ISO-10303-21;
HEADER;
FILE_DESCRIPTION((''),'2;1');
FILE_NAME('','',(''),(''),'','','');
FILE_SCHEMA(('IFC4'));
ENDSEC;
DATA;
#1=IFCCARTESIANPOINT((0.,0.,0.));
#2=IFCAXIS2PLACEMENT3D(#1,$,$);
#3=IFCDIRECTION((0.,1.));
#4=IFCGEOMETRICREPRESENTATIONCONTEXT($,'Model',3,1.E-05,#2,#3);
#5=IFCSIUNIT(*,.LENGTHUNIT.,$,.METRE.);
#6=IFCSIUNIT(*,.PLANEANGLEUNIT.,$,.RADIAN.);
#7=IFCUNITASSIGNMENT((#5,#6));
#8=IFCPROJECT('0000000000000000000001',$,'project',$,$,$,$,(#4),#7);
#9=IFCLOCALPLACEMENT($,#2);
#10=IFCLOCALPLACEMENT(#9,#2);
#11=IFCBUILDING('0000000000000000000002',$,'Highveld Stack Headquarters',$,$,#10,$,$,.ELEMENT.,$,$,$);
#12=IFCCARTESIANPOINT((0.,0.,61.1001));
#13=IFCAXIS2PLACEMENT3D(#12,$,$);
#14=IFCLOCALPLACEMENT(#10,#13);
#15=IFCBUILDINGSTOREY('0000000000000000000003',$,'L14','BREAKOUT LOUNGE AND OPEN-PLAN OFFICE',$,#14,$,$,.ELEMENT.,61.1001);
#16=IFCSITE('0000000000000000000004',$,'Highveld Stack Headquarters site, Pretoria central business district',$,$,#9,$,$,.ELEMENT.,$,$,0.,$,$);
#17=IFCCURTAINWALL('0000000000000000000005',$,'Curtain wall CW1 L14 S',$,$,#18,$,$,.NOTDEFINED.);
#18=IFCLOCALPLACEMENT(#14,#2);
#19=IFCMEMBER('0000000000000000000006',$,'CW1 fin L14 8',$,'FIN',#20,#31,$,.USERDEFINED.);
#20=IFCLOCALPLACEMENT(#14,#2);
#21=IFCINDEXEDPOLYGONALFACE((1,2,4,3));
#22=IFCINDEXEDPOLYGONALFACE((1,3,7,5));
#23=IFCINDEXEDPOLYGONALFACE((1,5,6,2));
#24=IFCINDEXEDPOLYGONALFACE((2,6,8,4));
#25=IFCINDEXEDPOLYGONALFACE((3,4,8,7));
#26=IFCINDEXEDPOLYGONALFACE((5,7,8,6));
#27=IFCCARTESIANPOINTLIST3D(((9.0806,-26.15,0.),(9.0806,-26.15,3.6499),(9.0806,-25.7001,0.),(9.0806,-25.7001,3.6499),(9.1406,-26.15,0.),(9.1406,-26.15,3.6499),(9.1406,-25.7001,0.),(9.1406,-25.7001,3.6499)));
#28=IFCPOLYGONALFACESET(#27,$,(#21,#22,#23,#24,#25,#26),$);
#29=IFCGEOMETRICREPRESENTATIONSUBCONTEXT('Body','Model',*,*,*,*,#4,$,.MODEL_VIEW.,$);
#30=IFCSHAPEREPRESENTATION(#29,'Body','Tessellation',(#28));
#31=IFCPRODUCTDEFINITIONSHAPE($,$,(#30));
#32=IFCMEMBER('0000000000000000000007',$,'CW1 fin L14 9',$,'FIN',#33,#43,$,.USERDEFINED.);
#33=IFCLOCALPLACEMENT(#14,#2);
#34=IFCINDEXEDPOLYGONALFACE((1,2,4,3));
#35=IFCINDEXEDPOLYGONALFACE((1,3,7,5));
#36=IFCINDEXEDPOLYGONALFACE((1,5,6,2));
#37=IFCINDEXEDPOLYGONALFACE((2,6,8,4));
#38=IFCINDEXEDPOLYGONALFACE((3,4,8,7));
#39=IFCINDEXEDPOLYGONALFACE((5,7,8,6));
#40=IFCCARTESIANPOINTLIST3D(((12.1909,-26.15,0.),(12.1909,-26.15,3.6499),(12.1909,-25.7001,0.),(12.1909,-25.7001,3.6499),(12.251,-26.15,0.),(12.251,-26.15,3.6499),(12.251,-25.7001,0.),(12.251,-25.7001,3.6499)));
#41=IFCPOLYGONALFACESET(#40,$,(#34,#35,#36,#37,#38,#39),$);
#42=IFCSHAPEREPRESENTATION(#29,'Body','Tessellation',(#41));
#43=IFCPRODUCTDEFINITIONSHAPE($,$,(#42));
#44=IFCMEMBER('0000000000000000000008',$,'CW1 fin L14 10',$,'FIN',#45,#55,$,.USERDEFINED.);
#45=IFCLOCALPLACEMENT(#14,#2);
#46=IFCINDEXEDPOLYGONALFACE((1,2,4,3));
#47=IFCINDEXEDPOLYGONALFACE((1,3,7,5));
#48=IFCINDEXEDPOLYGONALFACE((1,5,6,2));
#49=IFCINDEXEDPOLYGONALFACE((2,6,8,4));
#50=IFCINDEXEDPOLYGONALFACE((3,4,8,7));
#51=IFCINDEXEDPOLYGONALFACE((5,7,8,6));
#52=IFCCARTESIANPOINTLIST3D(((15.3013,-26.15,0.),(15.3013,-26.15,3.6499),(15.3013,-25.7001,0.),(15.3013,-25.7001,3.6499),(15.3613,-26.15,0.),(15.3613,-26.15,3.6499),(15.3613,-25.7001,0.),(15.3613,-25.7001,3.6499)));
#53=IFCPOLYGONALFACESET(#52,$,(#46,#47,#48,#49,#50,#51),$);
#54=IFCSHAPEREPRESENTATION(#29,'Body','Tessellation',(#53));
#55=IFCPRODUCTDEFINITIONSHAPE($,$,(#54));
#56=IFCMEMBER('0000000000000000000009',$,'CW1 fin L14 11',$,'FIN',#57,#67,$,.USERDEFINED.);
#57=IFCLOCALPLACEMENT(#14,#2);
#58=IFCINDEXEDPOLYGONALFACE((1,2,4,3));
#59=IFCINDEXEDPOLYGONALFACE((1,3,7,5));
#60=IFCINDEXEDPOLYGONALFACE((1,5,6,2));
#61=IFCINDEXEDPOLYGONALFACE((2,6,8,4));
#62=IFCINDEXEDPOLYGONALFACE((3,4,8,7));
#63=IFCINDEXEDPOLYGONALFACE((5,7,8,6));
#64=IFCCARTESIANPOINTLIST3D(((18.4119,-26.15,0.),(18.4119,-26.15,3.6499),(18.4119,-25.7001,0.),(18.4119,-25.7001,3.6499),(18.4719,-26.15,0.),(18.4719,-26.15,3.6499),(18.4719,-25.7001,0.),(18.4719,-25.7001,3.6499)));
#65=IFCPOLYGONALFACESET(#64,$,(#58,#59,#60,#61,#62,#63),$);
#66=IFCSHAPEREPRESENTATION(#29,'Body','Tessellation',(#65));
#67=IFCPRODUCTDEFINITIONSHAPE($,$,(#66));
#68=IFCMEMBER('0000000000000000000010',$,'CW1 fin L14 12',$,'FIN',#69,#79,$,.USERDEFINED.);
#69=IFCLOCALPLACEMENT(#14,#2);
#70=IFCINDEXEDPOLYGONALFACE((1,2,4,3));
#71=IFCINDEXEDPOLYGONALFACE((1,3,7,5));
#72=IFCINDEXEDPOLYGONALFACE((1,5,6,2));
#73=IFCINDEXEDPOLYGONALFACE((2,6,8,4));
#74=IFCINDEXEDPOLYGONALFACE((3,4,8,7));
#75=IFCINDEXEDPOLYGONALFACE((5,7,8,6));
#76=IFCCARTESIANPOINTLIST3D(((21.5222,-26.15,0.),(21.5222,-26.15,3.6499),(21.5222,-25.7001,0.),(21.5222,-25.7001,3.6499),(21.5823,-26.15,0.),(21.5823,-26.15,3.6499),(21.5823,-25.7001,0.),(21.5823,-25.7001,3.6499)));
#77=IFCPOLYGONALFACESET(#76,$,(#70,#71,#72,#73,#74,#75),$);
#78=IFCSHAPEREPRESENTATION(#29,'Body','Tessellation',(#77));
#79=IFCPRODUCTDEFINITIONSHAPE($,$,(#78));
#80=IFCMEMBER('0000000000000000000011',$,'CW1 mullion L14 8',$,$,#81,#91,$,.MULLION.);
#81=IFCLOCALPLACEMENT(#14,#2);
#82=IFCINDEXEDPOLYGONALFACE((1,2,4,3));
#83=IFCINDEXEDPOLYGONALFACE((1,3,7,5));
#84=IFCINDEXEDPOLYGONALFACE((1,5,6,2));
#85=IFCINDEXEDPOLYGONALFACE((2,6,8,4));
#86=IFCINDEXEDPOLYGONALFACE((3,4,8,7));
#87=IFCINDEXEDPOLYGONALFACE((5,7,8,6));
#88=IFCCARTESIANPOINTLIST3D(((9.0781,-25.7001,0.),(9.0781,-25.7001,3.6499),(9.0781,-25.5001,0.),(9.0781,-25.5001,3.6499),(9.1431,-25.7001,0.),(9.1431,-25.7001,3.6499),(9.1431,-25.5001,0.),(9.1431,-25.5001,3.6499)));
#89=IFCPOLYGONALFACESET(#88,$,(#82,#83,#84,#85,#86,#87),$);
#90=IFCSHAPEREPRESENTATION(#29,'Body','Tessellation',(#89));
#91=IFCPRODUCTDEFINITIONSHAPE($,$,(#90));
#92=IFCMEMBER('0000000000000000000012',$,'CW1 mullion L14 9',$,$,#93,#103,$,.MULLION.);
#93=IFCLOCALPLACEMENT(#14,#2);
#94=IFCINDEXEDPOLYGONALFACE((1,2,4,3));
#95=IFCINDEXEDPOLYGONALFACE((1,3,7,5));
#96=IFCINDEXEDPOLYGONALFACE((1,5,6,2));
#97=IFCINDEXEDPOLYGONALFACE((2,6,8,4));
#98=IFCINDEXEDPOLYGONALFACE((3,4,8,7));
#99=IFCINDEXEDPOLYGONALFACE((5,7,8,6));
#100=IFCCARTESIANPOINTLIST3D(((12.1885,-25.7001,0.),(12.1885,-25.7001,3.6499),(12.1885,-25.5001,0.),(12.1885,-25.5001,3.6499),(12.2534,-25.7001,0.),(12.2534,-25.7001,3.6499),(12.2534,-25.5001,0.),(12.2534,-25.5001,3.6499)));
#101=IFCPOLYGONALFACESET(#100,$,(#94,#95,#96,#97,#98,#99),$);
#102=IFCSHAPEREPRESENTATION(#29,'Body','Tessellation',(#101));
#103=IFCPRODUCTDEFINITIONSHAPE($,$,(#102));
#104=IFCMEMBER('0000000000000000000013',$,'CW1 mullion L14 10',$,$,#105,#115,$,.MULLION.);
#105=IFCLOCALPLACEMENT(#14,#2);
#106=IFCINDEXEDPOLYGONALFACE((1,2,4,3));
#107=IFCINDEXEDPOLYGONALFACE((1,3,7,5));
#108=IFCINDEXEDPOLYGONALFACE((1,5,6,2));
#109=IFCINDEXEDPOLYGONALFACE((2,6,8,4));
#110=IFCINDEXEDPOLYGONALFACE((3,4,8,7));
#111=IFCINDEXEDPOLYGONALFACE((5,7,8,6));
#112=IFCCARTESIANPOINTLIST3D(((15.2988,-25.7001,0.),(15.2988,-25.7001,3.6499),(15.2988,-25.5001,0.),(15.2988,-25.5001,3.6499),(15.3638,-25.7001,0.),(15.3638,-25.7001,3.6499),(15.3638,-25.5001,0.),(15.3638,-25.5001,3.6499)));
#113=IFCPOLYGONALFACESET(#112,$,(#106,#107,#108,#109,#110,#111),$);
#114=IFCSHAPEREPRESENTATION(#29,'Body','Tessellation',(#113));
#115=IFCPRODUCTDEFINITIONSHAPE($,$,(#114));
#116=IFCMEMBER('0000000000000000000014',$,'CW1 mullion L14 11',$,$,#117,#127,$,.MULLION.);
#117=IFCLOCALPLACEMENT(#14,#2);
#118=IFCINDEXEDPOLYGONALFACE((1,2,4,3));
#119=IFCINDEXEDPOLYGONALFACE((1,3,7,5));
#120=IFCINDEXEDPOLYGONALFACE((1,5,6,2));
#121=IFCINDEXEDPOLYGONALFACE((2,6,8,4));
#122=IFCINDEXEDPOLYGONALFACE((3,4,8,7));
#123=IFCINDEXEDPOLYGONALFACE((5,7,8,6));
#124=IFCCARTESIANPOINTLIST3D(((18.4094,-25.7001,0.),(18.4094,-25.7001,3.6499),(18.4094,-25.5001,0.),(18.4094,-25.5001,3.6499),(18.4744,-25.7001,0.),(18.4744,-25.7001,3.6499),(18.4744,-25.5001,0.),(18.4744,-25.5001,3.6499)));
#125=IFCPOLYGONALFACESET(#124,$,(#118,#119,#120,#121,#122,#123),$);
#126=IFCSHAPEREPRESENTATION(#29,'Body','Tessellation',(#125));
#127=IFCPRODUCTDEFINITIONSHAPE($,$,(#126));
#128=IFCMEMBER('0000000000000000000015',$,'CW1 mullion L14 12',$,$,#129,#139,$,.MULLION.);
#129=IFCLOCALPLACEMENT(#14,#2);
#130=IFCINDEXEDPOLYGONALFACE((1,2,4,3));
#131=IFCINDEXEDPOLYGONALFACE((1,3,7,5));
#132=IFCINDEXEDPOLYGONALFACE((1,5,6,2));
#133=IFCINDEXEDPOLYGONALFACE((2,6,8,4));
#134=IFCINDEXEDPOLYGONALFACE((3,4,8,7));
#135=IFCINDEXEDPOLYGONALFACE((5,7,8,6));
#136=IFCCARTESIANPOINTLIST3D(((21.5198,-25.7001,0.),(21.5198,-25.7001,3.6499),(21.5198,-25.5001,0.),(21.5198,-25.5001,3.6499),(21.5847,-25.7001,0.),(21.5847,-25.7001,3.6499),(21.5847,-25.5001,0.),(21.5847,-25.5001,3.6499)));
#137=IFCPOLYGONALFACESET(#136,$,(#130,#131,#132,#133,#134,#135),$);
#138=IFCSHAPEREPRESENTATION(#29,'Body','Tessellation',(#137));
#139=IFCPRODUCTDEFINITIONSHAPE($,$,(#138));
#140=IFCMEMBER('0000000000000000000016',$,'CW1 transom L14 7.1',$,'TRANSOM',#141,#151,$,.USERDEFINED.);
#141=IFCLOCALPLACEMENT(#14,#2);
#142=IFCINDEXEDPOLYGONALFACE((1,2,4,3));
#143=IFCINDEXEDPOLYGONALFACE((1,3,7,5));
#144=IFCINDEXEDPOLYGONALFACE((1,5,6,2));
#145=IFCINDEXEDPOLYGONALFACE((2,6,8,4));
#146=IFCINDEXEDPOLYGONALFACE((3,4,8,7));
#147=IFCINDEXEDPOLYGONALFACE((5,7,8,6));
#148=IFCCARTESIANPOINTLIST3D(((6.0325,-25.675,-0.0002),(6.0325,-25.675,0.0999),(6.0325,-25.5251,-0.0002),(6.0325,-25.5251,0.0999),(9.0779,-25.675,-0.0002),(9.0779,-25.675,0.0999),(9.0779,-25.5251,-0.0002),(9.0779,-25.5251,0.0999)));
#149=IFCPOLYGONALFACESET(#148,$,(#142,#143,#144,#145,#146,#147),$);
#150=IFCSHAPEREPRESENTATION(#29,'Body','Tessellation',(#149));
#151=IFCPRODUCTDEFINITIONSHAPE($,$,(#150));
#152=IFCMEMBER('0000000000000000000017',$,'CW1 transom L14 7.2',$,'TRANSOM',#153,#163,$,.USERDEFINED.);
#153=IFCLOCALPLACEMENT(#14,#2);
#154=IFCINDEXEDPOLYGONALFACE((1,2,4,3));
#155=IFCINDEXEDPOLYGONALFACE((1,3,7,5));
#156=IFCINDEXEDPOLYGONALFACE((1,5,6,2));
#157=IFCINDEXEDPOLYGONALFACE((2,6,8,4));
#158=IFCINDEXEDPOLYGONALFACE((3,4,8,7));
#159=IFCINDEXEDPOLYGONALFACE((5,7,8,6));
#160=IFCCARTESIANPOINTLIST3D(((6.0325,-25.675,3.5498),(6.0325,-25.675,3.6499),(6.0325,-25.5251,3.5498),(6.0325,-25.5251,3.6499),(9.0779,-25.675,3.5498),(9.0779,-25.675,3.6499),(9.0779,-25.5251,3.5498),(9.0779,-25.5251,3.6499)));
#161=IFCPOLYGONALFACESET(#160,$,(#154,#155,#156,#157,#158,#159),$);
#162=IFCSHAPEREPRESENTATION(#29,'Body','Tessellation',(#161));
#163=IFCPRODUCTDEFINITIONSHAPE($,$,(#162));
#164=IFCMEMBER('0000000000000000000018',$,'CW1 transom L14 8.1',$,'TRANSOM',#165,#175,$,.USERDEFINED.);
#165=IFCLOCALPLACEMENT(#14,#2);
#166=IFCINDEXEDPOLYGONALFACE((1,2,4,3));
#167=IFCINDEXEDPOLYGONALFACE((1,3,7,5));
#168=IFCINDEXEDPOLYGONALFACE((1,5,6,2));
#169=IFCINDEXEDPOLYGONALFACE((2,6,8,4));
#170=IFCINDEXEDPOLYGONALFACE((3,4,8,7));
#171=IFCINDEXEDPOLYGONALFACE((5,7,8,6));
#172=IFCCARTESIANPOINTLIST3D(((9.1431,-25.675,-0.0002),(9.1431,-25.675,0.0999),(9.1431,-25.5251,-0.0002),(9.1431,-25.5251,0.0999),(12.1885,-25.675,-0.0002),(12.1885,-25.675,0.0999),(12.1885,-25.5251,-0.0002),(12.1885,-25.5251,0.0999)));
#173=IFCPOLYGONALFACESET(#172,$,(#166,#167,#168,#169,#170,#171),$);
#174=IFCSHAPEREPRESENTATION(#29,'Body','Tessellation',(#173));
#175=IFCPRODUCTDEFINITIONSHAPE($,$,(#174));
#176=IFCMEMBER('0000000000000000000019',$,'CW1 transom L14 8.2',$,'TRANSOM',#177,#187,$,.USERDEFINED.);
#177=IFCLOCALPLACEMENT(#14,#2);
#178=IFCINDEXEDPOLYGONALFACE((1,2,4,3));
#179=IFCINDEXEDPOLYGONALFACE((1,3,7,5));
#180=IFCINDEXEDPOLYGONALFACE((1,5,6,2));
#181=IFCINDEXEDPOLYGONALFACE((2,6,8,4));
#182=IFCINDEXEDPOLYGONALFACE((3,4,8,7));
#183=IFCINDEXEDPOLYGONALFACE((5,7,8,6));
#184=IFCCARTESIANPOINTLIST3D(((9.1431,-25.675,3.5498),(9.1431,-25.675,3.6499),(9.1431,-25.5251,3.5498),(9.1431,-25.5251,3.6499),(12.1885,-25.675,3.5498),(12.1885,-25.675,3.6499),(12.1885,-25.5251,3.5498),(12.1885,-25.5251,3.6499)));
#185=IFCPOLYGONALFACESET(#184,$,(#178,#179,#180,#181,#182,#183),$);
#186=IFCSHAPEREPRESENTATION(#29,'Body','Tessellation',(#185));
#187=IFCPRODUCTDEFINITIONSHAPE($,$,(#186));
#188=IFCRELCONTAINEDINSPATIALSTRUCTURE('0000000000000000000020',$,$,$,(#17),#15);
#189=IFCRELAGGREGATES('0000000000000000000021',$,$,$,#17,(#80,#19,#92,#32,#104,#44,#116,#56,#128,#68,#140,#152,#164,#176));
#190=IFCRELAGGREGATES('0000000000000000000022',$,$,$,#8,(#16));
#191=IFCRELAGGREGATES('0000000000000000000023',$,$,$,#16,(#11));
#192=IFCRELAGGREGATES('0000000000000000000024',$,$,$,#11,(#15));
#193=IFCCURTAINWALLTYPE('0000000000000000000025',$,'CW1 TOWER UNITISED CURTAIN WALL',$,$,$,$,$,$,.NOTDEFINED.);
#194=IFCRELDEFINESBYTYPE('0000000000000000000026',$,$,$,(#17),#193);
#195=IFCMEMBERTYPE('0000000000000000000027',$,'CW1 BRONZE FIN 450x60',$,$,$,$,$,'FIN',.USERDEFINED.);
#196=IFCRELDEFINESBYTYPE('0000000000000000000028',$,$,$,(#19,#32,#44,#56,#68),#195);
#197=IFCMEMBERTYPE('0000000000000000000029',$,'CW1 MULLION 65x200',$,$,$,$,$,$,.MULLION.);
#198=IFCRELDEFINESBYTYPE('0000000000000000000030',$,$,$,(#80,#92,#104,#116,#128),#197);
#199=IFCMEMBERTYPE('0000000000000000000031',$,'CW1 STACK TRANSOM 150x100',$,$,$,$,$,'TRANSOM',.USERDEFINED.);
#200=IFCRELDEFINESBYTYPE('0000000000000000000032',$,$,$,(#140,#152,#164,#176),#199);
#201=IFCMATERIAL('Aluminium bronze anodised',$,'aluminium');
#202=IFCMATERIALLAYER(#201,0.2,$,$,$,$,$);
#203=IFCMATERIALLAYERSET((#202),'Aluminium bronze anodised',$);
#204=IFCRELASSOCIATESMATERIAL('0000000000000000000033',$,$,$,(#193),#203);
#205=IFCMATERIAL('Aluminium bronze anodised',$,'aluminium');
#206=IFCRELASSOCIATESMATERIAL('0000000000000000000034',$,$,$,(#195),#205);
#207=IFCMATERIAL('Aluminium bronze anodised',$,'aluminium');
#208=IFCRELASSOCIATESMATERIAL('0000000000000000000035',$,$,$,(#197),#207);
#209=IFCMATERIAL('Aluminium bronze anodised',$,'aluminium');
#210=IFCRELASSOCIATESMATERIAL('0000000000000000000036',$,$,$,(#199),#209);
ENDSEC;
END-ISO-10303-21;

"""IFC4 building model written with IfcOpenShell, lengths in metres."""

from ifc_helpers import new_model, si_unit, direction, frame, origin, origin_2d, place, context, subcontext, project, spatial, rectangle, extrude, material, layer, layer_set, material_profile, profile_set, type_object, element, aggregate, save


model = new_model("IFC4")

# Units and contexts
model_context = context("Model", 3, precision=1e-05, world=origin(), true_north=direction((0.0, 1.0)))
body_context = subcontext(model_context, "Body", "Model", "MODEL_VIEW")
ifc_project = project(units=[si_unit("LENGTHUNIT", "METRE"), si_unit("PLANEANGLEUNIT", "RADIAN")], contexts=[model_context])

# Site, building, storey
site_placement = place(None, origin())
site = spatial("IfcSite", under=ifc_project, at=site_placement, Name="Highveld Stack Headquarters site, Pretoria central business district", CompositionType="ELEMENT", RefElevation=0.0)
building_placement = place(site_placement, origin())
building = spatial("IfcBuilding", under=site, at=building_placement, Name="Highveld Stack Headquarters", CompositionType="ELEMENT")
storey_placement = place(building_placement, frame((0.0, 0.0, 61.1001)))
storey = spatial("IfcBuildingStorey", under=building, at=storey_placement, Name="L14", Description="BREAKOUT LOUNGE AND OPEN-PLAN OFFICE", CompositionType="ELEMENT", Elevation=61.1001)

# Curtain wall, members
ifc_material_1 = material(Name="Aluminium bronze anodised", Category="aluminium")
ifc_layer_1 = layer(ifc_material_1, 0.2)
ifc_layer_set_1 = layer_set([ifc_layer_1], Name="Aluminium bronze anodised")
curtain_wall_type = type_object("IfcCurtainWallType", Name="CW1 TOWER UNITISED CURTAIN WALL", PredefinedType="NOTDEFINED", material=ifc_layer_set_1)
curtain_wall_placement = place(storey_placement, origin())
curtain_wall = element("IfcCurtainWall", 1, at=curtain_wall_placement, inside=storey, type_object=curtain_wall_type, Name="Curtain wall CW1 L14 S", PredefinedType="NOTDEFINED")
ifc_material_2 = material(Name="Aluminium bronze anodised", Category="aluminium")
ifc_material_profile_1 = material_profile(ifc_material_2, rectangle(XDim=0.45, YDim=0.0601, at=origin_2d()), Name="FIN 450x60")
ifc_profile_set_1 = profile_set([ifc_material_profile_1], Name="Aluminium bronze anodised")
member_type_1 = type_object("IfcMemberType", Name="CW1 BRONZE FIN 450x60", ElementType="FIN", PredefinedType="USERDEFINED", material=ifc_profile_set_1)
member_1_placement = place(storey_placement, frame((9.1106, -25.925, 0.0), z_axis=(0.0, 0.0, 1.0), x_axis=(0.0, 1.0, 0.0)))
member_1 = element("IfcMember", 2, at=member_1_placement, type_object=member_type_1, Name="CW1 fin L14 8", ObjectType="FIN", PredefinedType="USERDEFINED", context=body_context, shape_type="SweptSolid", body=[
    extrude(rectangle(XDim=0.45, YDim=0.0601, at=origin_2d()), origin(), (0.0, 0.0, 1.0), 3.6499),
])
member_2_placement = place(storey_placement, frame((12.2209, -25.925, 0.0), z_axis=(0.0, 0.0, 1.0), x_axis=(0.0, 1.0, 0.0)))
member_2 = element("IfcMember", 3, at=member_2_placement, type_object=member_type_1, Name="CW1 fin L14 9", ObjectType="FIN", PredefinedType="USERDEFINED", context=body_context, shape_type="SweptSolid", body=[
    extrude(rectangle(XDim=0.45, YDim=0.0601, at=origin_2d()), origin(), (0.0, 0.0, 1.0), 3.6499),
])
member_3_placement = place(storey_placement, frame((15.3313, -25.925, 0.0), z_axis=(0.0, 0.0, 1.0), x_axis=(0.0, 1.0, 0.0)))
member_3 = element("IfcMember", 4, at=member_3_placement, type_object=member_type_1, Name="CW1 fin L14 10", ObjectType="FIN", PredefinedType="USERDEFINED", context=body_context, shape_type="SweptSolid", body=[
    extrude(rectangle(XDim=0.45, YDim=0.0601, at=origin_2d()), origin(), (0.0, 0.0, 1.0), 3.6499),
])
member_4_placement = place(storey_placement, frame((18.4419, -25.925, 0.0), z_axis=(0.0, 0.0, 1.0), x_axis=(0.0, 1.0, 0.0)))
member_4 = element("IfcMember", 5, at=member_4_placement, type_object=member_type_1, Name="CW1 fin L14 11", ObjectType="FIN", PredefinedType="USERDEFINED", context=body_context, shape_type="SweptSolid", body=[
    extrude(rectangle(XDim=0.45, YDim=0.0601, at=origin_2d()), origin(), (0.0, 0.0, 1.0), 3.6499),
])
member_5_placement = place(storey_placement, frame((21.5522, -25.925, 0.0), z_axis=(0.0, 0.0, 1.0), x_axis=(0.0, 1.0, 0.0)))
member_5 = element("IfcMember", 6, at=member_5_placement, type_object=member_type_1, Name="CW1 fin L14 12", ObjectType="FIN", PredefinedType="USERDEFINED", context=body_context, shape_type="SweptSolid", body=[
    extrude(rectangle(XDim=0.45, YDim=0.0601, at=origin_2d()), origin(), (0.0, 0.0, 1.0), 3.6499),
])
ifc_material_3 = material(Name="Aluminium bronze anodised", Category="aluminium")
ifc_material_profile_2 = material_profile(ifc_material_3, rectangle(XDim=0.2, YDim=0.0649, at=origin_2d()), Name="CW1 MULLION 65x200")
ifc_profile_set_2 = profile_set([ifc_material_profile_2], Name="Aluminium bronze anodised")
member_type_2 = type_object("IfcMemberType", Name="CW1 MULLION 65x200", PredefinedType="MULLION", material=ifc_profile_set_2)
member_6_placement = place(storey_placement, frame((9.1106, -25.6001, 0.0), z_axis=(0.0, 0.0, 1.0), x_axis=(0.0, 1.0, 0.0)))
member_6 = element("IfcMember", 7, at=member_6_placement, type_object=member_type_2, Name="CW1 mullion L14 8", PredefinedType="MULLION", context=body_context, shape_type="SweptSolid", body=[
    extrude(rectangle(XDim=0.2, YDim=0.0649, at=origin_2d()), origin(), (0.0, 0.0, 1.0), 3.6499),
])
member_7_placement = place(storey_placement, frame((12.2209, -25.6001, 0.0), z_axis=(0.0, 0.0, 1.0), x_axis=(0.0, 1.0, 0.0)))
member_7 = element("IfcMember", 8, at=member_7_placement, type_object=member_type_2, Name="CW1 mullion L14 9", PredefinedType="MULLION", context=body_context, shape_type="SweptSolid", body=[
    extrude(rectangle(XDim=0.2, YDim=0.0649, at=origin_2d()), origin(), (0.0, 0.0, 1.0), 3.6499),
])
member_8_placement = place(storey_placement, frame((15.3313, -25.6001, 0.0), z_axis=(0.0, 0.0, 1.0), x_axis=(0.0, 1.0, 0.0)))
member_8 = element("IfcMember", 9, at=member_8_placement, type_object=member_type_2, Name="CW1 mullion L14 10", PredefinedType="MULLION", context=body_context, shape_type="SweptSolid", body=[
    extrude(rectangle(XDim=0.2, YDim=0.0649, at=origin_2d()), origin(), (0.0, 0.0, 1.0), 3.6499),
])
member_9_placement = place(storey_placement, frame((18.4419, -25.6001, 0.0), z_axis=(0.0, 0.0, 1.0), x_axis=(0.0, 1.0, 0.0)))
member_9 = element("IfcMember", 10, at=member_9_placement, type_object=member_type_2, Name="CW1 mullion L14 11", PredefinedType="MULLION", context=body_context, shape_type="SweptSolid", body=[
    extrude(rectangle(XDim=0.2, YDim=0.0649, at=origin_2d()), origin(), (0.0, 0.0, 1.0), 3.6499),
])
member_10_placement = place(storey_placement, frame((21.5522, -25.6001, 0.0), z_axis=(0.0, 0.0, 1.0), x_axis=(0.0, 1.0, 0.0)))
member_10 = element("IfcMember", 11, at=member_10_placement, type_object=member_type_2, Name="CW1 mullion L14 12", PredefinedType="MULLION", context=body_context, shape_type="SweptSolid", body=[
    extrude(rectangle(XDim=0.2, YDim=0.0649, at=origin_2d()), origin(), (0.0, 0.0, 1.0), 3.6499),
])
ifc_material_4 = material(Name="Aluminium bronze anodised", Category="aluminium")
ifc_material_profile_3 = material_profile(ifc_material_4, rectangle(XDim=0.1499, YDim=0.1001, at=origin_2d()), Name="CW1 TRANSOM 150x100")
ifc_profile_set_3 = profile_set([ifc_material_profile_3], Name="Aluminium bronze anodised")
member_type_3 = type_object("IfcMemberType", Name="CW1 STACK TRANSOM 150x100", ElementType="TRANSOM", PredefinedType="USERDEFINED", material=ifc_profile_set_3)
member_11_placement = place(storey_placement, frame((6.0325, -25.6001, 0.0498), z_axis=(1.0, 0.0, 0.0), x_axis=(0.0, 1.0, 0.0)))
member_11 = element("IfcMember", 12, at=member_11_placement, type_object=member_type_3, Name="CW1 transom L14 7.1", ObjectType="TRANSOM", PredefinedType="USERDEFINED", context=body_context, shape_type="SweptSolid", body=[
    extrude(rectangle(XDim=0.1499, YDim=0.1001, at=origin_2d()), origin(), (0.0, 0.0, 1.0), 3.0454),
])
member_12_placement = place(storey_placement, frame((6.0325, -25.6001, 3.5999), z_axis=(1.0, 0.0, 0.0), x_axis=(0.0, 1.0, 0.0)))
member_12 = element("IfcMember", 13, at=member_12_placement, type_object=member_type_3, Name="CW1 transom L14 7.2", ObjectType="TRANSOM", PredefinedType="USERDEFINED", context=body_context, shape_type="SweptSolid", body=[
    extrude(rectangle(XDim=0.1499, YDim=0.1001, at=origin_2d()), origin(), (0.0, 0.0, 1.0), 3.0454),
])
member_13_placement = place(storey_placement, frame((9.1431, -25.6001, 0.0498), z_axis=(1.0, 0.0, 0.0), x_axis=(0.0, 1.0, 0.0)))
member_13 = element("IfcMember", 14, at=member_13_placement, type_object=member_type_3, Name="CW1 transom L14 8.1", ObjectType="TRANSOM", PredefinedType="USERDEFINED", context=body_context, shape_type="SweptSolid", body=[
    extrude(rectangle(XDim=0.1499, YDim=0.1001, at=origin_2d()), origin(), (0.0, 0.0, 1.0), 3.0454),
])
member_14_placement = place(storey_placement, frame((9.1431, -25.6001, 3.5999), z_axis=(1.0, 0.0, 0.0), x_axis=(0.0, 1.0, 0.0)))
member_14 = element("IfcMember", 15, at=member_14_placement, type_object=member_type_3, Name="CW1 transom L14 8.2", ObjectType="TRANSOM", PredefinedType="USERDEFINED", context=body_context, shape_type="SweptSolid", body=[
    extrude(rectangle(XDim=0.1499, YDim=0.1001, at=origin_2d()), origin(), (0.0, 0.0, 1.0), 3.0454),
])
aggregate(curtain_wall, [member_6, member_1, member_7, member_2, member_8, member_3, member_9, member_4, member_10, member_5, member_11, member_12, member_13, member_14])

save(model, "model.ifc")
